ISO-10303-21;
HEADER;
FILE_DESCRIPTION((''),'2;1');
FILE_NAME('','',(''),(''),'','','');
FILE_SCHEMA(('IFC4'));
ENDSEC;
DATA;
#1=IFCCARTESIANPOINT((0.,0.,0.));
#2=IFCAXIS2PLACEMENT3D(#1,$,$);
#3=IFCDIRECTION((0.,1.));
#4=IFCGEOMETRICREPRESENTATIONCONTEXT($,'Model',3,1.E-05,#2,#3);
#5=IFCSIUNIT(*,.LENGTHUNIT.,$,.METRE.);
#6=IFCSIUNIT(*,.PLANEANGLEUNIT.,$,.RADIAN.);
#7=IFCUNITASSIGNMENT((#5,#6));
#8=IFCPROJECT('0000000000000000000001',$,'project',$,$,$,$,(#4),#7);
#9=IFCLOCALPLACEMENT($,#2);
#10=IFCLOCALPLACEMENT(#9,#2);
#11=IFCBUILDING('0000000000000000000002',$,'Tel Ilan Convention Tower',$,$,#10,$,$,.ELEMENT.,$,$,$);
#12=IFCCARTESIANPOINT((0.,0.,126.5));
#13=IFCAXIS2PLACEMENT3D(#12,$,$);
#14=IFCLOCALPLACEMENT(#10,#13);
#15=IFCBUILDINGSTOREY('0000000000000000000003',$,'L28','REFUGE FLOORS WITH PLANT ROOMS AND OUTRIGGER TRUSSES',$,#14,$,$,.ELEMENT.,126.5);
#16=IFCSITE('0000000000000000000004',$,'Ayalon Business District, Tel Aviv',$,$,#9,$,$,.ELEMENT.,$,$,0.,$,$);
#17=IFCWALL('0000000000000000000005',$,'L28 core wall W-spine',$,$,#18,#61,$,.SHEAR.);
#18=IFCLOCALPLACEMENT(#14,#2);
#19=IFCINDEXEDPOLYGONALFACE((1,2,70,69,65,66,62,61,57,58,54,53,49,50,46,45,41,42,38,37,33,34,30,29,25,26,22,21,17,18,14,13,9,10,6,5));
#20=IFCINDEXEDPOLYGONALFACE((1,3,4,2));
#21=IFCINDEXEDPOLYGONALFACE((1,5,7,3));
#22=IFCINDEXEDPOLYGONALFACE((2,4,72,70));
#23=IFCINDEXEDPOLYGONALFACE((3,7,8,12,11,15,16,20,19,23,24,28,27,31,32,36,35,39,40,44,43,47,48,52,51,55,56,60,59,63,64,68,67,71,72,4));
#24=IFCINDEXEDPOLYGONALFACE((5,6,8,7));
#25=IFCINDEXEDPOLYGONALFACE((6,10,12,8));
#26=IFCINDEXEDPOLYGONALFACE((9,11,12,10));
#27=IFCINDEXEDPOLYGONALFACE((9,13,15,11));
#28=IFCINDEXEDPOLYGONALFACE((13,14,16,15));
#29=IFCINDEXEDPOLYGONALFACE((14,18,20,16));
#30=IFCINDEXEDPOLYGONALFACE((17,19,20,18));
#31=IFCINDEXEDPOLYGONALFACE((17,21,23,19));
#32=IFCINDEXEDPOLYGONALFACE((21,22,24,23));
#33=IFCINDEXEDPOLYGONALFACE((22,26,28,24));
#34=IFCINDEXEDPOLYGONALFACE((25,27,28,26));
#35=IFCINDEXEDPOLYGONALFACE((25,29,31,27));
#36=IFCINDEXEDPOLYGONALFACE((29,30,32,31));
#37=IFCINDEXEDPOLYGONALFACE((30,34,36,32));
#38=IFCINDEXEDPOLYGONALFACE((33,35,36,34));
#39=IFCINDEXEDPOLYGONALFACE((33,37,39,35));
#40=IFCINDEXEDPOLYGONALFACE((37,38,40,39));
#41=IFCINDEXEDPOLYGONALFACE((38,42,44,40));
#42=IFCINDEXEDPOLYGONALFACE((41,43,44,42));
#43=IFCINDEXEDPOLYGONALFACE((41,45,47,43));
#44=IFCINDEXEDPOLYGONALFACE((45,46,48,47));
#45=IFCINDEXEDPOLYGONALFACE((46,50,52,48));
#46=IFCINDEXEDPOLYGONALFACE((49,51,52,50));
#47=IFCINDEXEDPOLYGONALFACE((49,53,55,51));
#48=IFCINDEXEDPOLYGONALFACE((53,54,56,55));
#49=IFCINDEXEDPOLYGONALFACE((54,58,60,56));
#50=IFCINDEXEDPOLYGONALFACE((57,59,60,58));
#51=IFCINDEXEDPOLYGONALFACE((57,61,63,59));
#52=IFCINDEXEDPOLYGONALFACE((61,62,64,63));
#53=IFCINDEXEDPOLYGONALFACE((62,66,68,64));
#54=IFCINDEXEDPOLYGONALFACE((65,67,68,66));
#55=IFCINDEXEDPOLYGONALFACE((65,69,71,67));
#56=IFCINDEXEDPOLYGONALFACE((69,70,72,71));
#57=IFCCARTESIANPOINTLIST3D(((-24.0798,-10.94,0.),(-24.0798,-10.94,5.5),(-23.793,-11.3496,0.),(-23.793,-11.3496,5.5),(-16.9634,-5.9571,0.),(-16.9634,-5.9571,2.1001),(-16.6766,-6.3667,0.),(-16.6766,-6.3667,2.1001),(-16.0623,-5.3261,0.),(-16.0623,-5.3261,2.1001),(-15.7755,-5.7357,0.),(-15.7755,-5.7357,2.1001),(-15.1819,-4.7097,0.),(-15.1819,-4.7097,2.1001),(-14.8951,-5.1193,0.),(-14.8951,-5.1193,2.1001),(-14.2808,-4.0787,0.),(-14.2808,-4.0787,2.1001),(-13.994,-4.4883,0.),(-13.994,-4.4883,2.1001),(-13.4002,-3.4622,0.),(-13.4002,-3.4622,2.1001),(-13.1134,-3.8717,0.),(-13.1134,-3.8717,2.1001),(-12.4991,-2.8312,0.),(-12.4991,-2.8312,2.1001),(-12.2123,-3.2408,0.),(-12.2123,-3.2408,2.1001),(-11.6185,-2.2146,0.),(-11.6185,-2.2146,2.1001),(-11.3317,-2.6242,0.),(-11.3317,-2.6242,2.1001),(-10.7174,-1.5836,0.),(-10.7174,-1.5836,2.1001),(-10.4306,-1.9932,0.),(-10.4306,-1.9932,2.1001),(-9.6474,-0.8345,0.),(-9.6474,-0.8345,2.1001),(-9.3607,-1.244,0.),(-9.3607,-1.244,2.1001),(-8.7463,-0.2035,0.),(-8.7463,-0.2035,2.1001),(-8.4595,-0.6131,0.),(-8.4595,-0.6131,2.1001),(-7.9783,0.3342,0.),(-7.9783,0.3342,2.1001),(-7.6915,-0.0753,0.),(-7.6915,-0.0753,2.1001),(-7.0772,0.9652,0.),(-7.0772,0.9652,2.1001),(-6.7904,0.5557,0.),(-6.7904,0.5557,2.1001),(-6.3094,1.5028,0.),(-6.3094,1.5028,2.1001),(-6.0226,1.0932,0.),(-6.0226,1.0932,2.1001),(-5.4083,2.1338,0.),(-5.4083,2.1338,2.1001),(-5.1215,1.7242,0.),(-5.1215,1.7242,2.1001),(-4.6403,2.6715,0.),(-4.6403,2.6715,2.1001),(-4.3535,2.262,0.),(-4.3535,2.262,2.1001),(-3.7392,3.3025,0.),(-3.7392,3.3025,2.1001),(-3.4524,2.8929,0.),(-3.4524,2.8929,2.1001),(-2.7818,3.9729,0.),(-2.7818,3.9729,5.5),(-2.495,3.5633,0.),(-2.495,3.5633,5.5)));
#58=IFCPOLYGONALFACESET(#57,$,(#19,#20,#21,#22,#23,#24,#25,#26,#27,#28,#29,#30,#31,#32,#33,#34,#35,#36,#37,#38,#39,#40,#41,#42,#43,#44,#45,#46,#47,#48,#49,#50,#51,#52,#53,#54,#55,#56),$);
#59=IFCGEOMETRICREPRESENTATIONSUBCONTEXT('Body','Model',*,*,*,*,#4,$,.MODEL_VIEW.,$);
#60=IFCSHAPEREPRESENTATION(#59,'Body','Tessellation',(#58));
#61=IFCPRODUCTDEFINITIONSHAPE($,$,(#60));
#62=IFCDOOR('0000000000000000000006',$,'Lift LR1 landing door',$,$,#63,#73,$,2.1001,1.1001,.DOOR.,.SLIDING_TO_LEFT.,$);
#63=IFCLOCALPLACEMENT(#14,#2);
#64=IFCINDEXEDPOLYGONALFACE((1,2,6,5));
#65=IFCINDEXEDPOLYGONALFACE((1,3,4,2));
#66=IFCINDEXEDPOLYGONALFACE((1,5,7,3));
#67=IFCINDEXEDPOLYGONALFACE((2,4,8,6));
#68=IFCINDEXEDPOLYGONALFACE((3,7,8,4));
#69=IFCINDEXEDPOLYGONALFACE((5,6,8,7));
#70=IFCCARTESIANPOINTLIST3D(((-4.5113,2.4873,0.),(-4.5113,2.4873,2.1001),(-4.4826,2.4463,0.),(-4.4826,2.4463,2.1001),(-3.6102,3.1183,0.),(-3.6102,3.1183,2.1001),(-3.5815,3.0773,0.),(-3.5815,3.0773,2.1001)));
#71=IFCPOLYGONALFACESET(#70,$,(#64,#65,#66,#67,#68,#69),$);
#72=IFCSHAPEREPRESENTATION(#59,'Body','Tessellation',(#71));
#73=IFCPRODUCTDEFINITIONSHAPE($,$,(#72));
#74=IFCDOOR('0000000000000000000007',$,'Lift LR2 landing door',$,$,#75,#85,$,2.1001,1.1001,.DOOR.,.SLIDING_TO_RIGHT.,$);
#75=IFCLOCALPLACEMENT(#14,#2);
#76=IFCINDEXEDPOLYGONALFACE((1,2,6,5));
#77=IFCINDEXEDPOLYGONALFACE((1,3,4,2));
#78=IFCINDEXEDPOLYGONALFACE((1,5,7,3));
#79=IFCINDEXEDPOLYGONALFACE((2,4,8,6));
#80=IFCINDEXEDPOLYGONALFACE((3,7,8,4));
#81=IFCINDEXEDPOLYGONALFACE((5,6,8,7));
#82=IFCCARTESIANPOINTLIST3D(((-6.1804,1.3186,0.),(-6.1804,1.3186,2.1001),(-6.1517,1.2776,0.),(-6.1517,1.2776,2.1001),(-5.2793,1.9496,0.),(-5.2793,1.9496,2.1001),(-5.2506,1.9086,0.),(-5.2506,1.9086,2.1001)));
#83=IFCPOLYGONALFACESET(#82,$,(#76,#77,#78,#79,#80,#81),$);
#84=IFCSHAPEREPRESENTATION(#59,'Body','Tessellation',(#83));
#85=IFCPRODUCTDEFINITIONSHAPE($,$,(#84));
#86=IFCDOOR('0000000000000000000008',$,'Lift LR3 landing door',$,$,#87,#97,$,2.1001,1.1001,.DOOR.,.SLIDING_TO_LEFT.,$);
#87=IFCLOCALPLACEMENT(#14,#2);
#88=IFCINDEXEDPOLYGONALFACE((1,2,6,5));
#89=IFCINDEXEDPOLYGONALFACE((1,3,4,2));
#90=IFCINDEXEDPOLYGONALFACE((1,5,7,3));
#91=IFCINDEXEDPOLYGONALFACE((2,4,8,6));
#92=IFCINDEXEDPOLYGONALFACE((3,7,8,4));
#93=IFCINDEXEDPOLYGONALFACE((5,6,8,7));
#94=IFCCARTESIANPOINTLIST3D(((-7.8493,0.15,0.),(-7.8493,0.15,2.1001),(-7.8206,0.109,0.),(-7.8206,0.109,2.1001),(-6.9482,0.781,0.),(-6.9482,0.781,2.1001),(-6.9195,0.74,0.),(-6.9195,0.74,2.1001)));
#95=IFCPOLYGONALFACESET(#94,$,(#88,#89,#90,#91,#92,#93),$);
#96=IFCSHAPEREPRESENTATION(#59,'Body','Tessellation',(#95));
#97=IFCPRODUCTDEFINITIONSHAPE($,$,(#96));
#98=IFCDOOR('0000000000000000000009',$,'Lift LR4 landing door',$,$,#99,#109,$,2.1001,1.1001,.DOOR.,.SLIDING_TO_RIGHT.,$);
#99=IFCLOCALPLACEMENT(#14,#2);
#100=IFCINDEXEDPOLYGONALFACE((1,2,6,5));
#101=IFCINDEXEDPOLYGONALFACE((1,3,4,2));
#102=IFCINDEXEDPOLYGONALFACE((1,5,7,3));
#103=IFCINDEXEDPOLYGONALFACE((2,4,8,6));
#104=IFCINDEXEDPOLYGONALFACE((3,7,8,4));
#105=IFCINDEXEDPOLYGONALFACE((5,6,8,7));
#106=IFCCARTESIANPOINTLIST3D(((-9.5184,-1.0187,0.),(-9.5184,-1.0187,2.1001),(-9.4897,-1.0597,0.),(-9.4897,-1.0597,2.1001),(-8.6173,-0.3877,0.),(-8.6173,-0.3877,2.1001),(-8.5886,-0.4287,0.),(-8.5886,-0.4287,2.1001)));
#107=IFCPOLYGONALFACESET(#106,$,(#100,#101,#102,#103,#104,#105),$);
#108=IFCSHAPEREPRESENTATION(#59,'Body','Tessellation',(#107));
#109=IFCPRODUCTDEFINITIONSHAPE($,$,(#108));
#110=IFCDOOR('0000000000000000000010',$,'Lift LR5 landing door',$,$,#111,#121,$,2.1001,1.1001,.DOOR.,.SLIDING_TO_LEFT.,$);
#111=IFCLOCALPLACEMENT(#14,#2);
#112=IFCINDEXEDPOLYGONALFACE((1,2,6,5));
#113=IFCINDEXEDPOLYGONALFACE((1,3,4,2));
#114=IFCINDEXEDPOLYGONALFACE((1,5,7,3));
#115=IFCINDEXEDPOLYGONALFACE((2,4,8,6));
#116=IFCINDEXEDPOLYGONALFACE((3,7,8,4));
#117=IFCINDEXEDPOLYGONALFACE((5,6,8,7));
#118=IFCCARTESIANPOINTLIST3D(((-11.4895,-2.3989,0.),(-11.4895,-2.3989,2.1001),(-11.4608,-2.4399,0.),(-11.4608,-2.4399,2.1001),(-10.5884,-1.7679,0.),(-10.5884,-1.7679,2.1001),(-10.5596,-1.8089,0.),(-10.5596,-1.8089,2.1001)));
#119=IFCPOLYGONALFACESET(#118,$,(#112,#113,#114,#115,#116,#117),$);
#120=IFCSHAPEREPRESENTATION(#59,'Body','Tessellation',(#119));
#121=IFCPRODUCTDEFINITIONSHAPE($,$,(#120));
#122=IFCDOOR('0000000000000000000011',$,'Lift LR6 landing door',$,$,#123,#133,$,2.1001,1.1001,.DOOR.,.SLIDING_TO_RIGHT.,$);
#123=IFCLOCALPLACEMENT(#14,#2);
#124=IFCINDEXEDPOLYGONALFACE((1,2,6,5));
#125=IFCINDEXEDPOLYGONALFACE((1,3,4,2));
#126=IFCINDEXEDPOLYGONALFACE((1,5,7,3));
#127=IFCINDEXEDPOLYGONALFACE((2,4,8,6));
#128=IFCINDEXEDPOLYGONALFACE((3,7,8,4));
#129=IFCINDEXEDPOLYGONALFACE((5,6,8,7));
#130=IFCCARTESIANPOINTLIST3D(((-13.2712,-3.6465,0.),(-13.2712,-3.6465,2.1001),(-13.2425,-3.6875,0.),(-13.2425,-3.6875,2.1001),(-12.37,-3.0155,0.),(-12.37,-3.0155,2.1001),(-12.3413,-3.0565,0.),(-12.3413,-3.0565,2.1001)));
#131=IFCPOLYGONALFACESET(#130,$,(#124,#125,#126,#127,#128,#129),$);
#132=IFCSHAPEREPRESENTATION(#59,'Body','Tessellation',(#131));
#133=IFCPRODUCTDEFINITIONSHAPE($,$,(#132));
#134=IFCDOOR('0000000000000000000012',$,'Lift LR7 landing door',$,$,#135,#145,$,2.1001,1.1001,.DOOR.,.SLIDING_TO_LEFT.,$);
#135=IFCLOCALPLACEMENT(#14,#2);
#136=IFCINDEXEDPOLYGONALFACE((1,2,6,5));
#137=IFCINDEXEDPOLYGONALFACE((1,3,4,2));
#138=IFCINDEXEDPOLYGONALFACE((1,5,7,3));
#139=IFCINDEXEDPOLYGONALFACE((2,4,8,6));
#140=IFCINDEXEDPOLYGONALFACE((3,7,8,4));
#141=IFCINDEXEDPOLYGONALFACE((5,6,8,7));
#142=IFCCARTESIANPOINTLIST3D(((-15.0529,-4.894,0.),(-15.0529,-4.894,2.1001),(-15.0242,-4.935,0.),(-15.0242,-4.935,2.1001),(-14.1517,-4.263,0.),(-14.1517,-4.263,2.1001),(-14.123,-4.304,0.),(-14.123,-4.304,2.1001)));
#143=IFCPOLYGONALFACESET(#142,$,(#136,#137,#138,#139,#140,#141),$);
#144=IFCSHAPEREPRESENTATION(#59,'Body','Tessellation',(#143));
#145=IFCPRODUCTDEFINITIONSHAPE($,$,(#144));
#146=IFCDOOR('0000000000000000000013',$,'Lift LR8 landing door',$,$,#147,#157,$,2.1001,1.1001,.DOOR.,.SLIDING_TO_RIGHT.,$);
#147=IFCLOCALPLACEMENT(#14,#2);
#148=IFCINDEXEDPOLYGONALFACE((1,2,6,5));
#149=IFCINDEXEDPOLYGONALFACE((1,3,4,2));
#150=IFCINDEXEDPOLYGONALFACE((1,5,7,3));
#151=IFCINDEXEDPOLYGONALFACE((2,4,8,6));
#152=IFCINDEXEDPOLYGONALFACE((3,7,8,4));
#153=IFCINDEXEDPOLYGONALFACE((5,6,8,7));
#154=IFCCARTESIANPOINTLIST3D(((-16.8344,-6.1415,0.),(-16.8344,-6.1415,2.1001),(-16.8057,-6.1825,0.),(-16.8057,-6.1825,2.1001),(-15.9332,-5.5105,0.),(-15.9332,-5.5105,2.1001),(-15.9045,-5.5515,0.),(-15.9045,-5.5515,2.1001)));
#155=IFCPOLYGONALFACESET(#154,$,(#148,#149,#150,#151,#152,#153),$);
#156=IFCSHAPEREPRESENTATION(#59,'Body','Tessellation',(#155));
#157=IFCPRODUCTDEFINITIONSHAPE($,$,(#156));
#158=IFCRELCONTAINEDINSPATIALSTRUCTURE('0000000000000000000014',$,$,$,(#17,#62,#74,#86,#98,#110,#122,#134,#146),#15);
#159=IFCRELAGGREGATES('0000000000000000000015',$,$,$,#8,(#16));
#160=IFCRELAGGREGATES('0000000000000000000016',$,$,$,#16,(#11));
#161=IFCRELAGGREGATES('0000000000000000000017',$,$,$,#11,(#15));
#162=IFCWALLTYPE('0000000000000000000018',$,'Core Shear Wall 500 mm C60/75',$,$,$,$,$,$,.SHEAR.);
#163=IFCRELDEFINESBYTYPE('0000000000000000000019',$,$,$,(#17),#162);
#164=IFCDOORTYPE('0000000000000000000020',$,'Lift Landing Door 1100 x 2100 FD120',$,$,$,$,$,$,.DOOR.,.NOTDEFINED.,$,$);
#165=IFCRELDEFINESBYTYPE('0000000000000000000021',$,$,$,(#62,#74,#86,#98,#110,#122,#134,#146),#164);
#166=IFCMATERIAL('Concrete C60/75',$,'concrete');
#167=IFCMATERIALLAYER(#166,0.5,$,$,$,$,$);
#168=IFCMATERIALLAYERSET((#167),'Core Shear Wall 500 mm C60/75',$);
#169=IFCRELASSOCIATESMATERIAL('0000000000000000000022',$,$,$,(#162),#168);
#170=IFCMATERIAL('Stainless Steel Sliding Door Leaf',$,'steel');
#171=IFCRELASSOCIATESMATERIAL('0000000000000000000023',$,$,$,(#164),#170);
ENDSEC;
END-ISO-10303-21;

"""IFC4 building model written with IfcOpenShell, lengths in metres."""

from ifc_helpers import new_model, si_unit, direction, frame, frame_2d, origin, place, context, subcontext, project, spatial, polyline, rectangle, outline, extrude, material, layer, layer_set, type_object, element, fill, save


model = new_model("IFC4")

# Units and contexts
model_context = context("Model", 3, precision=1e-05, world=origin(), true_north=direction((0.0, 1.0)))
body_context = subcontext(model_context, "Body", "Model", "MODEL_VIEW")
ifc_project = project(units=[si_unit("LENGTHUNIT", "METRE"), si_unit("PLANEANGLEUNIT", "RADIAN")], contexts=[model_context])

# Site, building, storey
site_placement = place(None, origin())
site = spatial("IfcSite", under=ifc_project, at=site_placement, Name="Ayalon Business District, Tel Aviv", CompositionType="ELEMENT", RefElevation=0.0)
building_placement = place(site_placement, origin())
building = spatial("IfcBuilding", under=site, at=building_placement, Name="Tel Ilan Convention Tower", CompositionType="ELEMENT")
storey_placement = place(building_placement, frame((0.0, 0.0, 126.5)))
storey = spatial("IfcBuildingStorey", under=building, at=storey_placement, Name="L28", Description="REFUGE FLOORS WITH PLANT ROOMS AND OUTRIGGER TRUSSES", CompositionType="ELEMENT", Elevation=126.5)

# Wall, openings, doors
ifc_material_1 = material(Name="Concrete C60/75", Category="concrete")
ifc_layer_1 = layer(ifc_material_1, 0.5)
ifc_layer_set_1 = layer_set([ifc_layer_1], Name="Core Shear Wall 500 mm C60/75")
wall_type_1 = type_object("IfcWallType", Name="Core Shear Wall 500 mm C60/75", PredefinedType="SHEAR", material=ifc_layer_set_1)
wall_1_placement = place(storey_placement, frame((-2.6384, 3.7681, 0.0), z_axis=(0.0, 0.0, 1.0), x_axis=(-0.819149, -0.573581, 0.0)))
wall_1 = element("IfcWall", 1, at=wall_1_placement, inside=storey, type_object=wall_type_1, Name="L28 core wall W-spine", PredefinedType="SHEAR", context=body_context, shape_type="SweptSolid", body=[
    extrude(outline(polyline([(26.0, 0.2498), (0.0, 0.25), (0.0, -0.25), (26.0, -0.2502), (26.0, 0.2498)])), origin(), (0.0, 0.0, 1.0), 5.5),
])
opening_1_placement = place(wall_1_placement, frame((1.1687, 0.0, 0.0)))
opening_1 = element("IfcOpeningElement", 2, at=opening_1_placement, cuts=wall_1, PredefinedType="OPENING", context=body_context, shape_type="SweptSolid", body=[
    extrude(rectangle(XDim=1.1001, YDim=2.1001, at=frame_2d((0.55, 1.05))), frame((0.0, 0.26, 0.0), z_axis=(0.0, -1.0, 0.0), x_axis=(1.0, 0.0, 0.0)), (0.0, 0.0, 1.0), 0.52),
])
opening_2_placement = place(wall_1_placement, frame((3.2063, 0.0, 0.0)))
opening_2 = element("IfcOpeningElement", 3, at=opening_2_placement, cuts=wall_1, PredefinedType="OPENING", context=body_context, shape_type="SweptSolid", body=[
    extrude(rectangle(XDim=1.1001, YDim=2.1001, at=frame_2d((0.55, 1.05))), frame((0.0, 0.26, 0.0), z_axis=(0.0, -1.0, 0.0), x_axis=(1.0, 0.0, 0.0)), (0.0, 0.0, 1.0), 0.52),
])
opening_3_placement = place(wall_1_placement, frame((5.2437, 0.0, 0.0)))
opening_3 = element("IfcOpeningElement", 4, at=opening_3_placement, cuts=wall_1, PredefinedType="OPENING", context=body_context, shape_type="SweptSolid", body=[
    extrude(rectangle(XDim=1.1001, YDim=2.1001, at=frame_2d((0.55, 1.05))), frame((0.0, 0.26, 0.0), z_axis=(0.0, -1.0, 0.0), x_axis=(1.0, 0.0, 0.0)), (0.0, 0.0, 1.0), 0.52),
])
opening_4_placement = place(wall_1_placement, frame((7.2812, 0.0, 0.0)))
opening_4 = element("IfcOpeningElement", 5, at=opening_4_placement, cuts=wall_1, PredefinedType="OPENING", context=body_context, shape_type="SweptSolid", body=[
    extrude(rectangle(XDim=1.1001, YDim=2.1001, at=frame_2d((0.55, 1.05))), frame((0.0, 0.26, 0.0), z_axis=(0.0, -1.0, 0.0), x_axis=(1.0, 0.0, 0.0)), (0.0, 0.0, 1.0), 0.52),
])
opening_5_placement = place(wall_1_placement, frame((9.6875, 0.0, 0.0)))
opening_5 = element("IfcOpeningElement", 6, at=opening_5_placement, cuts=wall_1, PredefinedType="OPENING", context=body_context, shape_type="SweptSolid", body=[
    extrude(rectangle(XDim=1.1001, YDim=2.1001, at=frame_2d((0.55, 1.05))), frame((0.0, 0.26, 0.0), z_axis=(0.0, -1.0, 0.0), x_axis=(1.0, 0.0, 0.0)), (0.0, 0.0, 1.0), 0.52),
])
opening_6_placement = place(wall_1_placement, frame((11.8625, 0.0, 0.0)))
opening_6 = element("IfcOpeningElement", 7, at=opening_6_placement, cuts=wall_1, PredefinedType="OPENING", context=body_context, shape_type="SweptSolid", body=[
    extrude(rectangle(XDim=1.1001, YDim=2.1001, at=frame_2d((0.55, 1.05))), frame((0.0, 0.26, 0.0), z_axis=(0.0, -1.0, 0.0), x_axis=(1.0, 0.0, 0.0)), (0.0, 0.0, 1.0), 0.52),
])
opening_7_placement = place(wall_1_placement, frame((14.0376, 0.0, 0.0)))
opening_7 = element("IfcOpeningElement", 8, at=opening_7_placement, cuts=wall_1, PredefinedType="OPENING", context=body_context, shape_type="SweptSolid", body=[
    extrude(rectangle(XDim=1.1001, YDim=2.1001, at=frame_2d((0.55, 1.05))), frame((0.0, 0.26, 0.0), z_axis=(0.0, -1.0, 0.0), x_axis=(1.0, 0.0, 0.0)), (0.0, 0.0, 1.0), 0.52),
])
opening_8_placement = place(wall_1_placement, frame((16.2124, 0.0, 0.0)))
opening_8 = element("IfcOpeningElement", 9, at=opening_8_placement, cuts=wall_1, PredefinedType="OPENING", context=body_context, shape_type="SweptSolid", body=[
    extrude(rectangle(XDim=1.1001, YDim=2.1001, at=frame_2d((0.55, 1.05))), frame((0.0, 0.26, 0.0), z_axis=(0.0, -1.0, 0.0), x_axis=(1.0, 0.0, 0.0)), (0.0, 0.0, 1.0), 0.52),
])
ifc_material_2 = material(Name="Stainless Steel Sliding Door Leaf", Category="steel")
door_type = type_object("IfcDoorType", Name="Lift Landing Door 1100 x 2100 FD120", OperationType="NOTDEFINED", PredefinedType="DOOR", material=ifc_material_2)
door_1_placement = place(opening_1_placement, origin())
door_1 = element("IfcDoor", 10, at=door_1_placement, inside=storey, type_object=door_type, Name="Lift LR1 landing door", OperationType="SLIDING_TO_LEFT", OverallHeight=2.1001, OverallWidth=1.1001, PredefinedType="DOOR", context=body_context, shape_type="SweptSolid", body=[
    extrude(rectangle(XDim=1.1001, YDim=2.1001, at=frame_2d((0.55, 1.05))), frame((0.0, 0.0249, 0.0), z_axis=(0.0, -1.0, 0.0), x_axis=(1.0, 0.0, 0.0)), (0.0, 0.0, 1.0), 0.05),
])
fill(opening_1, door_1)
door_2_placement = place(opening_2_placement, origin())
door_2 = element("IfcDoor", 11, at=door_2_placement, inside=storey, type_object=door_type, Name="Lift LR2 landing door", OperationType="SLIDING_TO_RIGHT", OverallHeight=2.1001, OverallWidth=1.1001, PredefinedType="DOOR", context=body_context, shape_type="SweptSolid", body=[
    extrude(rectangle(XDim=1.1001, YDim=2.1001, at=frame_2d((0.55, 1.05))), frame((0.0, 0.0249, 0.0), z_axis=(0.0, -1.0, 0.0), x_axis=(1.0, 0.0, 0.0)), (0.0, 0.0, 1.0), 0.05),
])
fill(opening_2, door_2)
door_3_placement = place(opening_3_placement, origin())
door_3 = element("IfcDoor", 12, at=door_3_placement, inside=storey, type_object=door_type, Name="Lift LR3 landing door", OperationType="SLIDING_TO_LEFT", OverallHeight=2.1001, OverallWidth=1.1001, PredefinedType="DOOR", context=body_context, shape_type="SweptSolid", body=[
    extrude(rectangle(XDim=1.1001, YDim=2.1001, at=frame_2d((0.55, 1.05))), frame((0.0, 0.0249, 0.0), z_axis=(0.0, -1.0, 0.0), x_axis=(1.0, 0.0, 0.0)), (0.0, 0.0, 1.0), 0.05),
])
fill(opening_3, door_3)
door_4_placement = place(opening_4_placement, origin())
door_4 = element("IfcDoor", 13, at=door_4_placement, inside=storey, type_object=door_type, Name="Lift LR4 landing door", OperationType="SLIDING_TO_RIGHT", OverallHeight=2.1001, OverallWidth=1.1001, PredefinedType="DOOR", context=body_context, shape_type="SweptSolid", body=[
    extrude(rectangle(XDim=1.1001, YDim=2.1001, at=frame_2d((0.55, 1.05))), frame((0.0, 0.0249, 0.0), z_axis=(0.0, -1.0, 0.0), x_axis=(1.0, 0.0, 0.0)), (0.0, 0.0, 1.0), 0.05),
])
fill(opening_4, door_4)
door_5_placement = place(opening_5_placement, origin())
door_5 = element("IfcDoor", 14, at=door_5_placement, inside=storey, type_object=door_type, Name="Lift LR5 landing door", OperationType="SLIDING_TO_LEFT", OverallHeight=2.1001, OverallWidth=1.1001, PredefinedType="DOOR", context=body_context, shape_type="SweptSolid", body=[
    extrude(rectangle(XDim=1.1001, YDim=2.1001, at=frame_2d((0.55, 1.05))), frame((0.0, 0.0249, 0.0), z_axis=(0.0, -1.0, 0.0), x_axis=(1.0, 0.0, 0.0)), (0.0, 0.0, 1.0), 0.05),
])
fill(opening_5, door_5)
door_6_placement = place(opening_6_placement, origin())
door_6 = element("IfcDoor", 15, at=door_6_placement, inside=storey, type_object=door_type, Name="Lift LR6 landing door", OperationType="SLIDING_TO_RIGHT", OverallHeight=2.1001, OverallWidth=1.1001, PredefinedType="DOOR", context=body_context, shape_type="SweptSolid", body=[
    extrude(rectangle(XDim=1.1001, YDim=2.1001, at=frame_2d((0.55, 1.05))), frame((0.0, 0.0249, 0.0), z_axis=(0.0, -1.0, 0.0), x_axis=(1.0, 0.0, 0.0)), (0.0, 0.0, 1.0), 0.05),
])
fill(opening_6, door_6)
door_7_placement = place(opening_7_placement, origin())
door_7 = element("IfcDoor", 16, at=door_7_placement, inside=storey, type_object=door_type, Name="Lift LR7 landing door", OperationType="SLIDING_TO_LEFT", OverallHeight=2.1001, OverallWidth=1.1001, PredefinedType="DOOR", context=body_context, shape_type="SweptSolid", body=[
    extrude(rectangle(XDim=1.1001, YDim=2.1001, at=frame_2d((0.55, 1.05))), frame((0.0, 0.0249, 0.0), z_axis=(0.0, -1.0, 0.0), x_axis=(1.0, 0.0, 0.0)), (0.0, 0.0, 1.0), 0.05),
])
fill(opening_7, door_7)
door_8_placement = place(opening_8_placement, origin())
door_8 = element("IfcDoor", 17, at=door_8_placement, inside=storey, type_object=door_type, Name="Lift LR8 landing door", OperationType="SLIDING_TO_RIGHT", OverallHeight=2.1001, OverallWidth=1.1001, PredefinedType="DOOR", context=body_context, shape_type="SweptSolid", body=[
    extrude(rectangle(XDim=1.1001, YDim=2.1001, at=frame_2d((0.55, 1.05))), frame((0.0, 0.0249, 0.0), z_axis=(0.0, -1.0, 0.0), x_axis=(1.0, 0.0, 0.0)), (0.0, 0.0, 1.0), 0.05),
])
fill(opening_8, door_8)

save(model, "model.ifc")
